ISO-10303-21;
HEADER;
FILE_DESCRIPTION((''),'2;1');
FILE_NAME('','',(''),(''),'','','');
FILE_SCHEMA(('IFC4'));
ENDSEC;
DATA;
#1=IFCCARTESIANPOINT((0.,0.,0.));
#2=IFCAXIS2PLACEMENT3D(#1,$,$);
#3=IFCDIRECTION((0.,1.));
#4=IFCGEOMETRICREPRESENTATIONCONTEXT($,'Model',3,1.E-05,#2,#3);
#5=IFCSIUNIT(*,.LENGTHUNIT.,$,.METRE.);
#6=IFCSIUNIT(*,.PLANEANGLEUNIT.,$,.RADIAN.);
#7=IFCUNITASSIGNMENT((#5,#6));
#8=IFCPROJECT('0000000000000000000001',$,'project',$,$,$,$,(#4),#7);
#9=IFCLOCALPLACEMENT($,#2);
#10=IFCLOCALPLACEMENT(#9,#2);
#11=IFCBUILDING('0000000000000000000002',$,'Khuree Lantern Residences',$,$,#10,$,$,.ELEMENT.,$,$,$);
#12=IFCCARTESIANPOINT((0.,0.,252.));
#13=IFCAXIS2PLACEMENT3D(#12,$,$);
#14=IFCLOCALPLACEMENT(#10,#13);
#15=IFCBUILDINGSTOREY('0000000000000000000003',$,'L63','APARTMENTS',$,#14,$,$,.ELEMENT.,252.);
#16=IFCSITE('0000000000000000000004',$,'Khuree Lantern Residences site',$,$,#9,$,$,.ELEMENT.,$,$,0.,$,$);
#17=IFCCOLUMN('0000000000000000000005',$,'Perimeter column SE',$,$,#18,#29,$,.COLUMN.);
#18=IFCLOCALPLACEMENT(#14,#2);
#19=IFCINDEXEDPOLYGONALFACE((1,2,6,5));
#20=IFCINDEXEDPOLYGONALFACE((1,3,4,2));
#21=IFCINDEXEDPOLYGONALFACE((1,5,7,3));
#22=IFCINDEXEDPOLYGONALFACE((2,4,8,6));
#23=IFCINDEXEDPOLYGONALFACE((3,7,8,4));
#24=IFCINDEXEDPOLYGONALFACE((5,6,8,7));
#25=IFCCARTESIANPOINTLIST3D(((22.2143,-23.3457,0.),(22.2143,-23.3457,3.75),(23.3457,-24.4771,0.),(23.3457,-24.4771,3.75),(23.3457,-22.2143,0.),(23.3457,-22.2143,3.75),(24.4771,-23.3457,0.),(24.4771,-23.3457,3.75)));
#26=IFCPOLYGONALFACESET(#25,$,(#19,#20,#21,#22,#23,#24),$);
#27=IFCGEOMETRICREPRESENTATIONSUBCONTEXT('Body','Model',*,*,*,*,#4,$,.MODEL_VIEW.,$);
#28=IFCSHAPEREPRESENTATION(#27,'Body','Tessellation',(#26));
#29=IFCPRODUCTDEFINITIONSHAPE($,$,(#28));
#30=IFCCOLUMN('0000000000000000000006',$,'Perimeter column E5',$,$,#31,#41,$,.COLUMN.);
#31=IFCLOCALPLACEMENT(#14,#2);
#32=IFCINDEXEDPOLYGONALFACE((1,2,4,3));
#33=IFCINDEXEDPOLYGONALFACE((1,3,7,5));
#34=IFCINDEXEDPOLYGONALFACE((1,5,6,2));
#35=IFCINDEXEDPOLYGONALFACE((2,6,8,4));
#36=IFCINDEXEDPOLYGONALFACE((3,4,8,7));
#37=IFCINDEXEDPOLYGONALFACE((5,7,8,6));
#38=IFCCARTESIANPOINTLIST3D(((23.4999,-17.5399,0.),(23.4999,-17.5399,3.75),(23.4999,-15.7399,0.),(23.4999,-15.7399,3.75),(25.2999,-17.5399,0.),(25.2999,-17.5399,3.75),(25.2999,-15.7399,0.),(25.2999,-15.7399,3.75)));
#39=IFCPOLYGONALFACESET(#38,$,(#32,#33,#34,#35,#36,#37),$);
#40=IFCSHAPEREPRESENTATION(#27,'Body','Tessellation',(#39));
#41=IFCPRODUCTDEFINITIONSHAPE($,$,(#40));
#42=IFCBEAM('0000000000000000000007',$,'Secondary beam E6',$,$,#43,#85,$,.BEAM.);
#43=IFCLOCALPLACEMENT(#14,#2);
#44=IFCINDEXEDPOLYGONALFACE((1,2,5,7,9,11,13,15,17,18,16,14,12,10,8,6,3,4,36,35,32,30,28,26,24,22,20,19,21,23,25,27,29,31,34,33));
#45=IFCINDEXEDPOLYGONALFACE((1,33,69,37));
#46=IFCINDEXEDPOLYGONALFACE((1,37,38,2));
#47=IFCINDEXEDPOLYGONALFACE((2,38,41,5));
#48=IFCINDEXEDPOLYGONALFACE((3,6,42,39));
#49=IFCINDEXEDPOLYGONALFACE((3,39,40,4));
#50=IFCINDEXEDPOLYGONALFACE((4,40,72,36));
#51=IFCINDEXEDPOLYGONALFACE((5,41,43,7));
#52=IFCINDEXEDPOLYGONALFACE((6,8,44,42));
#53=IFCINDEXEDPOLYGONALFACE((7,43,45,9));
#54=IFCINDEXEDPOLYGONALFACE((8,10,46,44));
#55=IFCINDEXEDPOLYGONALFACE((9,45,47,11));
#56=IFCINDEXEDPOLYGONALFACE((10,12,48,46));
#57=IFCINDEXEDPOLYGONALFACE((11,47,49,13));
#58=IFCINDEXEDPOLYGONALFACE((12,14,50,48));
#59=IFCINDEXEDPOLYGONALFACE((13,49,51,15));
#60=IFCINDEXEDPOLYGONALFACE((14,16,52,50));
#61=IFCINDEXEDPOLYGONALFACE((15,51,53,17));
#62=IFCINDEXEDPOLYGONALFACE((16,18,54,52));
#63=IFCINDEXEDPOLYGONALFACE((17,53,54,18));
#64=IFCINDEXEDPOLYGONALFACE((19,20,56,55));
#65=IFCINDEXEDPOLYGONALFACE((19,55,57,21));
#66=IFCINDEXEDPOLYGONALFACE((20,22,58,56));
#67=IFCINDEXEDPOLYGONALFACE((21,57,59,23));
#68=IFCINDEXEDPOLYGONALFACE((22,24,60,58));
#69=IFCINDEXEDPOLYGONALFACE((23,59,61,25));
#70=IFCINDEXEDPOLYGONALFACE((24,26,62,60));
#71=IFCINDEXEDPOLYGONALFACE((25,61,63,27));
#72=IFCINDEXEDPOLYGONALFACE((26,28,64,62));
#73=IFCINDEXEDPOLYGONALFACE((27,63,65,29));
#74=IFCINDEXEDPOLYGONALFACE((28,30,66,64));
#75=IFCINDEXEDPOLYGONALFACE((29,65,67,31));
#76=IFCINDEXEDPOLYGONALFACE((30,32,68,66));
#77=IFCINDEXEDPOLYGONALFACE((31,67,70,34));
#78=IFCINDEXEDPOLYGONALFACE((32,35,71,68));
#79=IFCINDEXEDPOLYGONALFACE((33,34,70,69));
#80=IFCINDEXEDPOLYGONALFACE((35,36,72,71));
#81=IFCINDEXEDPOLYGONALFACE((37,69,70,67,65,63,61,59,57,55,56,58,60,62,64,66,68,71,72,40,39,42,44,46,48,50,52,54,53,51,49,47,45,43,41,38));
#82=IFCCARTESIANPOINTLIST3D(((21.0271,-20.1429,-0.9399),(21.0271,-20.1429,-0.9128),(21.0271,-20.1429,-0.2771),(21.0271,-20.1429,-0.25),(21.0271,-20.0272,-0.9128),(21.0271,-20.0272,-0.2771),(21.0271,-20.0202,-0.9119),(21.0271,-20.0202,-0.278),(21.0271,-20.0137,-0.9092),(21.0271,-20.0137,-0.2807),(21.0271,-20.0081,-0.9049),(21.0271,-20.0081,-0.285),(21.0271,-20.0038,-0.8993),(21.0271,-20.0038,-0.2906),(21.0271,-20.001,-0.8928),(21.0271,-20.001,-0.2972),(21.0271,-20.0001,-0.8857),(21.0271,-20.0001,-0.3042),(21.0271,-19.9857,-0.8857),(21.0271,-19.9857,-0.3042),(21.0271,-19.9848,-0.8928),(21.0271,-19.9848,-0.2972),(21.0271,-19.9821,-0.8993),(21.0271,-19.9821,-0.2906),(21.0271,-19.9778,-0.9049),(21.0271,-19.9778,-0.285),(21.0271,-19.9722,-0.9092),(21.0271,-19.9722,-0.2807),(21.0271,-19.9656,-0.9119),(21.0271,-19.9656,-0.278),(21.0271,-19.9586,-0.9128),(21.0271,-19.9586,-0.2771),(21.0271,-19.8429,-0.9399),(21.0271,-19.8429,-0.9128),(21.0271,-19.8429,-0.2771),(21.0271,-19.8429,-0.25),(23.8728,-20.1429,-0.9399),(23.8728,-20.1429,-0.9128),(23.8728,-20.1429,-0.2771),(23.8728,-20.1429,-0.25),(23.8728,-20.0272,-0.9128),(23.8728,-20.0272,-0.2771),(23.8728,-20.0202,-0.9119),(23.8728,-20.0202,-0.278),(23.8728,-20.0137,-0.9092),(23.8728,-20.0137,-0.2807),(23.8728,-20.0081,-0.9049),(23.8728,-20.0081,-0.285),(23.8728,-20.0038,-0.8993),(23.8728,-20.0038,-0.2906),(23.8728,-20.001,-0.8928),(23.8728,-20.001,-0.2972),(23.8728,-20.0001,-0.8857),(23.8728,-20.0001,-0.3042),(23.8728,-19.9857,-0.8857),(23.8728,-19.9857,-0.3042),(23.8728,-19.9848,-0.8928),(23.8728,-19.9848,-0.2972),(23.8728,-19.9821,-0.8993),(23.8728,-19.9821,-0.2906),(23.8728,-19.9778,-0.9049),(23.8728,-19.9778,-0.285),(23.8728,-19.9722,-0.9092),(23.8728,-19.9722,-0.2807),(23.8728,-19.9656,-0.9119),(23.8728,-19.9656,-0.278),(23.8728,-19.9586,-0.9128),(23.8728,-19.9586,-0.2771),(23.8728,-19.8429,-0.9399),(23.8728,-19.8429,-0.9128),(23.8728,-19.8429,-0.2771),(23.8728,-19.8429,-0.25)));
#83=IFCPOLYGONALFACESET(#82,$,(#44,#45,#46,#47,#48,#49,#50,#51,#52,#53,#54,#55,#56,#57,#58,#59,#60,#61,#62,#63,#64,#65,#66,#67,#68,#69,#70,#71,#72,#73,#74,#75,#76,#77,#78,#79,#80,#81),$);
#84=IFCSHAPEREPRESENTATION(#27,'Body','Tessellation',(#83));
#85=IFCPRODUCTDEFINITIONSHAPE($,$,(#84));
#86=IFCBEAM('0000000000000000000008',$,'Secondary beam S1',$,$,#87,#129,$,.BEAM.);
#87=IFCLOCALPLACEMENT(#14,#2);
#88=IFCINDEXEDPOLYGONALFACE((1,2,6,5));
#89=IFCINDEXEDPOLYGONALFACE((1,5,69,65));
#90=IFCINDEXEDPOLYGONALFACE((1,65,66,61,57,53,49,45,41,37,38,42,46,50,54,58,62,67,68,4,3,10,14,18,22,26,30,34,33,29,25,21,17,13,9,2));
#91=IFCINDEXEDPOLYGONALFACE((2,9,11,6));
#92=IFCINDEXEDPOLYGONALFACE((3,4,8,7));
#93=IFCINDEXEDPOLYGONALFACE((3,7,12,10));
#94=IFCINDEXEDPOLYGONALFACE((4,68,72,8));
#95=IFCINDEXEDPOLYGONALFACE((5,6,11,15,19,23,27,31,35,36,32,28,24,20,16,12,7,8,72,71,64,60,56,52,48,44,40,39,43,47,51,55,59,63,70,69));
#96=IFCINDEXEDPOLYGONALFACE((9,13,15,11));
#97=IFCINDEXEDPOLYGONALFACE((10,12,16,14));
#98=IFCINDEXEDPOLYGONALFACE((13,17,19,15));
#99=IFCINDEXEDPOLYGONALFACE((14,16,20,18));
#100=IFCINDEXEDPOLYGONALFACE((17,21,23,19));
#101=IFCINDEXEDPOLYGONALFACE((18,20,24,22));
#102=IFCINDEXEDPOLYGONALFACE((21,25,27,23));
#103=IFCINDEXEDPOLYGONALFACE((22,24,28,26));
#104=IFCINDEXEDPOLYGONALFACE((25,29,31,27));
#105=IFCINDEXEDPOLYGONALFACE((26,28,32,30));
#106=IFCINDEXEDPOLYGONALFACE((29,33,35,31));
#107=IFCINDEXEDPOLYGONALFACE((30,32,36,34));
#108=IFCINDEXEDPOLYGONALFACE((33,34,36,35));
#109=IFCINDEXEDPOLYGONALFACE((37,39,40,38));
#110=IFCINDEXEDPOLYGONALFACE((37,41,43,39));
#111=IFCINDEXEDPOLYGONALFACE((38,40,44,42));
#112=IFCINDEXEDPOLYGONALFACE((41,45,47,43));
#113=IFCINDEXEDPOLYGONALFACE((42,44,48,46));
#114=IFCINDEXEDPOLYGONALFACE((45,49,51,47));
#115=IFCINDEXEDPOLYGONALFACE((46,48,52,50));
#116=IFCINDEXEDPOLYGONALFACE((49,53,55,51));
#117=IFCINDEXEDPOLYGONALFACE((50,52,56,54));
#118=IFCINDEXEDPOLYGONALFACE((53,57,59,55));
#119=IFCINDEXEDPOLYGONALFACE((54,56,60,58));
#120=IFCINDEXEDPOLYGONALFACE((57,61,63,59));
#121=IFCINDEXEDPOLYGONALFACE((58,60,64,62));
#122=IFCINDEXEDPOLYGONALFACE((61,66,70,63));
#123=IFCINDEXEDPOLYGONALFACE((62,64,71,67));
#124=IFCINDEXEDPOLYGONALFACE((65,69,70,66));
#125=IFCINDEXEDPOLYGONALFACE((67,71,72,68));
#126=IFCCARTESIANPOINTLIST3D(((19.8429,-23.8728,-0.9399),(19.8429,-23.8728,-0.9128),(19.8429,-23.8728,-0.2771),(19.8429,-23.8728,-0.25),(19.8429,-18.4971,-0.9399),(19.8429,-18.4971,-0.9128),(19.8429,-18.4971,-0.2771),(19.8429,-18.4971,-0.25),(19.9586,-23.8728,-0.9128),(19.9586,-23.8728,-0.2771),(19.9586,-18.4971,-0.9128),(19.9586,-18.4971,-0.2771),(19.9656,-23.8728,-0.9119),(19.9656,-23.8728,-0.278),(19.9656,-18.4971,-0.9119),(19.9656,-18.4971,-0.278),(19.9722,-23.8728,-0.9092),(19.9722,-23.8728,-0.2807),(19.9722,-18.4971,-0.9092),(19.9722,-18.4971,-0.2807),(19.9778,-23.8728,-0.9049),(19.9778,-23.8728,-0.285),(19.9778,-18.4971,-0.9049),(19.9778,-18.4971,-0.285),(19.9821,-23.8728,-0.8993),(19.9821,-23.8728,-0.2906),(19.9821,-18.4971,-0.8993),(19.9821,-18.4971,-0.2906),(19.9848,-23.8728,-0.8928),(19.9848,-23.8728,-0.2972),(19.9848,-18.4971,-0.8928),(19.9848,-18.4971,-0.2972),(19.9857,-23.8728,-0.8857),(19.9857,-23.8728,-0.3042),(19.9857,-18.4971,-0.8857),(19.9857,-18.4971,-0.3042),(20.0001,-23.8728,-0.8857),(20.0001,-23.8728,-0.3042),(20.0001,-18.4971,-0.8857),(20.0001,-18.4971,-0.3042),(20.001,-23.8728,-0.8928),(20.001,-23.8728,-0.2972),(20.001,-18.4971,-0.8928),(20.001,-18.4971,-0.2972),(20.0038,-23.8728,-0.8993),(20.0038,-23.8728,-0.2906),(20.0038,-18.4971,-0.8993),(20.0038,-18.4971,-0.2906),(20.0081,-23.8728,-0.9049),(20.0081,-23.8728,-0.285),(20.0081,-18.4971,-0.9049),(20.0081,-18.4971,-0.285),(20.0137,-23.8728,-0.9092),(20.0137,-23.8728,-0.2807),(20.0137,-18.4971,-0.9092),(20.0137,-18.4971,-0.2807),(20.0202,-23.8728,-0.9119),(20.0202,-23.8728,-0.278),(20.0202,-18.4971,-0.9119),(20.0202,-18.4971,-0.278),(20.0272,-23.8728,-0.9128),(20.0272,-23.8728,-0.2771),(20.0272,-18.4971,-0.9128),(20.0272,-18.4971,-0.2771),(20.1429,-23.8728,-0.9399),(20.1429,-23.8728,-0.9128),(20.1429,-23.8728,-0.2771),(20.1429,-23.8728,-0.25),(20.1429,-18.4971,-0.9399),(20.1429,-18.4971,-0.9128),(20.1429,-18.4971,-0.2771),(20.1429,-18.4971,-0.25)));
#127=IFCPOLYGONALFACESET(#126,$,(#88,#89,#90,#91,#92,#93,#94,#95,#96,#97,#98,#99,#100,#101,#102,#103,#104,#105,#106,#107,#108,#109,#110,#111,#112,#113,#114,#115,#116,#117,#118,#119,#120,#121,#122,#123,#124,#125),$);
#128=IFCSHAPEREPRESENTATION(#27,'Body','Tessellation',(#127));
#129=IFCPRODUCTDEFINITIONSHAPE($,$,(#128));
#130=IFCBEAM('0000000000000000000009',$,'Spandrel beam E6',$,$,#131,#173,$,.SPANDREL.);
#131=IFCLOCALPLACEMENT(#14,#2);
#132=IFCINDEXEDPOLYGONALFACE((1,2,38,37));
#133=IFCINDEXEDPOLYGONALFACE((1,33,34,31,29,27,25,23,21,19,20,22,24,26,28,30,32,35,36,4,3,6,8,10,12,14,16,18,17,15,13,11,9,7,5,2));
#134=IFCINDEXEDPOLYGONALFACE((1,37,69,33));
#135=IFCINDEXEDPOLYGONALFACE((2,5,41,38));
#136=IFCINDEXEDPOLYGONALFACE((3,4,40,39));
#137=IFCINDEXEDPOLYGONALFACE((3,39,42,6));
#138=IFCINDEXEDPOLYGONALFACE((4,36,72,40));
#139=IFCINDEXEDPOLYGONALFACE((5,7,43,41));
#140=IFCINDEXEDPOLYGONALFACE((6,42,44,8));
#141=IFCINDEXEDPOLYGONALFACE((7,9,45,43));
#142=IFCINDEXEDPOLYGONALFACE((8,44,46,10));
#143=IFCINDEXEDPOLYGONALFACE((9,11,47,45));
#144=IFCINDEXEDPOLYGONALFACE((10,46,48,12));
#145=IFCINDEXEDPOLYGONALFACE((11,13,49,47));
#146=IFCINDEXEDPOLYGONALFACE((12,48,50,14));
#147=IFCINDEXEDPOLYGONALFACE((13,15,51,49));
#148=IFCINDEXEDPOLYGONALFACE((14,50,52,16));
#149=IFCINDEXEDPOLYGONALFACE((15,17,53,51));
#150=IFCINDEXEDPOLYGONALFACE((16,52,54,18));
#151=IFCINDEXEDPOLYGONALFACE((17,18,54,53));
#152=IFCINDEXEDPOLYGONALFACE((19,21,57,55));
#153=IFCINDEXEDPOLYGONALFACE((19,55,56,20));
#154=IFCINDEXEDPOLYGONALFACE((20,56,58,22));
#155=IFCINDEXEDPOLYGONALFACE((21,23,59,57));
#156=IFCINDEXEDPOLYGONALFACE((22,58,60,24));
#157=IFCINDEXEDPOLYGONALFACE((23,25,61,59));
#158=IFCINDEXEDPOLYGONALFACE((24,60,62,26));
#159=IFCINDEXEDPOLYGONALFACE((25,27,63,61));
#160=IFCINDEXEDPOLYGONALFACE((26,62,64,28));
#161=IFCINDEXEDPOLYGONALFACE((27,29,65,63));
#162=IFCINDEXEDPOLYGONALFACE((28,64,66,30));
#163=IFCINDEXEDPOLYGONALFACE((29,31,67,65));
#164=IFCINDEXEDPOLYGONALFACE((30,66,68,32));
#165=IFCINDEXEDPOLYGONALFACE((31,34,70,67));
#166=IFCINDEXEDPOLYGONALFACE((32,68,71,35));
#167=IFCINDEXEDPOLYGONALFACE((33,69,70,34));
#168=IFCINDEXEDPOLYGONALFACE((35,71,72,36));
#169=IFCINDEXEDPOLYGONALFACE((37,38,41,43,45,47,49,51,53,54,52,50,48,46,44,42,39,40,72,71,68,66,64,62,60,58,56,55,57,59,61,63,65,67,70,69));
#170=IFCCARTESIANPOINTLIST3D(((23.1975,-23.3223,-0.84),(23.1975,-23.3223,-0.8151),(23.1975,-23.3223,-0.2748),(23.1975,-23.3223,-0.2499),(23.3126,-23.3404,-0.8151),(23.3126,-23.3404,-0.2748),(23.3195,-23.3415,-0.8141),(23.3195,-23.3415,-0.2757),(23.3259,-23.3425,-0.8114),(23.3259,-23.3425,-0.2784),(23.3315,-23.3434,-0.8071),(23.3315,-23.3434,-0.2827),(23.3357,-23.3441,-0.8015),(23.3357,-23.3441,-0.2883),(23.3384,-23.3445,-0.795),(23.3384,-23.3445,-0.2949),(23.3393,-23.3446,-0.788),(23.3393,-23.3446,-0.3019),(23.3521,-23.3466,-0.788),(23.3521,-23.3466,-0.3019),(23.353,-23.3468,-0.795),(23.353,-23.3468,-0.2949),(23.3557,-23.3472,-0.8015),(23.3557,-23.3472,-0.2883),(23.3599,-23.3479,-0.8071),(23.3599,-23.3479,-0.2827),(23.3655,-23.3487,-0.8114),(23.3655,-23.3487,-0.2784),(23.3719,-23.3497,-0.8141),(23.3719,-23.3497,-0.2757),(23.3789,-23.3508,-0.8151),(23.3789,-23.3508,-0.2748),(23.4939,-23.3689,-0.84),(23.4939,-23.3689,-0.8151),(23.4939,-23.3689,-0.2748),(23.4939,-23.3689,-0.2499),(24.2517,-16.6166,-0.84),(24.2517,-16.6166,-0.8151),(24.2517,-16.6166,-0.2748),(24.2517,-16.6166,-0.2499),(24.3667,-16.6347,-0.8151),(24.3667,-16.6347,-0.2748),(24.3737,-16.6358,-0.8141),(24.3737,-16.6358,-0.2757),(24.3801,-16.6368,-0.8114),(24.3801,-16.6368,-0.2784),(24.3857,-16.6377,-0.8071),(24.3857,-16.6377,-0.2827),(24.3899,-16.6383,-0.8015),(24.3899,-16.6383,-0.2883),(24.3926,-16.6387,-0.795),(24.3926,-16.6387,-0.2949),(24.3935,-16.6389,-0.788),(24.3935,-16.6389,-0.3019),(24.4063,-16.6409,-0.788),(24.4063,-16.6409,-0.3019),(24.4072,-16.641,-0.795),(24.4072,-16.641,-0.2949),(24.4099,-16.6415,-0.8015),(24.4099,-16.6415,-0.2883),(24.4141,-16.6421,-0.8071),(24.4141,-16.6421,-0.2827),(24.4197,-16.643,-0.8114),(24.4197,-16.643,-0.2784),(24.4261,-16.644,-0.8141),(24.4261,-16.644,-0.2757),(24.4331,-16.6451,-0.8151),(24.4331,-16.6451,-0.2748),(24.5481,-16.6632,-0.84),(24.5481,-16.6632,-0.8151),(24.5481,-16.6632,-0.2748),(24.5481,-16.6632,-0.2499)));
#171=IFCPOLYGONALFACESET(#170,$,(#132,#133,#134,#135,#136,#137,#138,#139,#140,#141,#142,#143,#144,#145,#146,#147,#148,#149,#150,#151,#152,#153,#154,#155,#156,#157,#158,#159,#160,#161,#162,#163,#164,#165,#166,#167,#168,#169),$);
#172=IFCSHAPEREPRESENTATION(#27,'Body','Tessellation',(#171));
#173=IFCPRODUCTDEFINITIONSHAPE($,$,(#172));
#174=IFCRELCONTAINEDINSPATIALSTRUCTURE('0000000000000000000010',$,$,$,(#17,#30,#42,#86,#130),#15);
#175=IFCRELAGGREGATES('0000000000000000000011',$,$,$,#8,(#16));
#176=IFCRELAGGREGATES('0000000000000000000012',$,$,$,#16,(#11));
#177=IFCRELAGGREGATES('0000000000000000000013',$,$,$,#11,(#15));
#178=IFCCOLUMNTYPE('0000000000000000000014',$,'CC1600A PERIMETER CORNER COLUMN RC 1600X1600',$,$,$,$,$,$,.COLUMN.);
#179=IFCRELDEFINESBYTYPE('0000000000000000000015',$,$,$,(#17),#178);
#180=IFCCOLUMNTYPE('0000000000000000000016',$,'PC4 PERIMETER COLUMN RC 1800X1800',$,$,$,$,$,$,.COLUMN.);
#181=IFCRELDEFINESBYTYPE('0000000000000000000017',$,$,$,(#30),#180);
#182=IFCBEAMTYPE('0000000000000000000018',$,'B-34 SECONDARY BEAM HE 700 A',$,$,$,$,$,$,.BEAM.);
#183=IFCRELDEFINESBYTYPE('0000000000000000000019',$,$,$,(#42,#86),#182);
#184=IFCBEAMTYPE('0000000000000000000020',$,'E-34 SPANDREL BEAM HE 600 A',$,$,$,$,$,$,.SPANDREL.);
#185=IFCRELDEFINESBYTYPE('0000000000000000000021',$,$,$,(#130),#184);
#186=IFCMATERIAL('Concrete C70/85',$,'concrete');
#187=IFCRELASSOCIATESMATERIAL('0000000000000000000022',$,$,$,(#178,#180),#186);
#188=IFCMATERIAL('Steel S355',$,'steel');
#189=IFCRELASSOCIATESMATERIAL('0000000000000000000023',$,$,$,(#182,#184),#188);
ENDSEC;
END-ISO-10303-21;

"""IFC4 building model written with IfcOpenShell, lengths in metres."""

from ifc_helpers import new_model, si_unit, direction, frame, origin, origin_2d, place, context, subcontext, project, spatial, rectangle, i_section, extrude, material, material_profile, profile_set, type_object, element, save


model = new_model("IFC4")

# Units and contexts
model_context = context("Model", 3, precision=1e-05, world=origin(), true_north=direction((0.0, 1.0)))
body_context = subcontext(model_context, "Body", "Model", "MODEL_VIEW")
ifc_project = project(units=[si_unit("LENGTHUNIT", "METRE"), si_unit("PLANEANGLEUNIT", "RADIAN")], contexts=[model_context])

# Site, building, storey
site_placement = place(None, origin())
site = spatial("IfcSite", under=ifc_project, at=site_placement, Name="Khuree Lantern Residences site", CompositionType="ELEMENT", RefElevation=0.0)
building_placement = place(site_placement, origin())
building = spatial("IfcBuilding", under=site, at=building_placement, Name="Khuree Lantern Residences", CompositionType="ELEMENT")
storey_placement = place(building_placement, frame((0.0, 0.0, 252.0)))
storey = spatial("IfcBuildingStorey", under=building, at=storey_placement, Name="L63", Description="APARTMENTS", CompositionType="ELEMENT", Elevation=252.0)

# Columns
ifc_material_1 = material(Name="Concrete C70/85", Category="concrete")
ifc_material_profile_1 = material_profile(ifc_material_1, rectangle(XDim=1.6001, YDim=1.6001, at=origin_2d()), Name="RC 1600X1600")
ifc_profile_set_1 = profile_set([ifc_material_profile_1], Name="Concrete C70/85")
column_type_1 = type_object("IfcColumnType", Name="CC1600A PERIMETER CORNER COLUMN RC 1600X1600", PredefinedType="COLUMN", material=ifc_profile_set_1)
column_1_placement = place(storey_placement, frame((23.3457, -23.3457, 0.0), z_axis=(0.0, 0.0, 1.0), x_axis=(0.707107, 0.707107, 0.0)))
element("IfcColumn", 1, at=column_1_placement, inside=storey, type_object=column_type_1, Name="Perimeter column SE", PredefinedType="COLUMN", context=body_context, shape_type="SweptSolid", body=[
    extrude(rectangle(XDim=1.6001, YDim=1.6001, at=origin_2d()), origin(), (0.0, 0.0, 1.0), 3.75),
])
ifc_material_profile_2 = material_profile(ifc_material_1, rectangle(XDim=1.8, YDim=1.8, at=origin_2d()), Name="RC 1800X1800")
ifc_profile_set_2 = profile_set([ifc_material_profile_2], Name="Concrete C70/85")
column_type_2 = type_object("IfcColumnType", Name="PC4 PERIMETER COLUMN RC 1800X1800", PredefinedType="COLUMN", material=ifc_profile_set_2)
column_2_placement = place(storey_placement, frame((24.3999, -16.6399, 0.0), z_axis=(0.0, 0.0, 1.0), x_axis=(0.0, 1.0, 0.0)))
element("IfcColumn", 2, at=column_2_placement, inside=storey, type_object=column_type_2, Name="Perimeter column E5", PredefinedType="COLUMN", context=body_context, shape_type="SweptSolid", body=[
    extrude(rectangle(XDim=1.8, YDim=1.8, at=origin_2d()), origin(), (0.0, 0.0, 1.0), 3.75),
])

# Beams
ifc_material_2 = material(Name="Steel S355", Category="steel")
ifc_material_profile_3 = material_profile(ifc_material_2, i_section(OverallWidth=0.3, OverallDepth=0.6899, WebThickness=0.0144, FlangeThickness=0.0271, FilletRadius=0.0271, at=origin_2d()), Name="HE 700 A")
ifc_profile_set_3 = profile_set([ifc_material_profile_3], Name="Steel S355")
beam_type_1 = type_object("IfcBeamType", Name="B-34 SECONDARY BEAM HE 700 A", PredefinedType="BEAM", material=ifc_profile_set_3)
beam_1_placement = place(storey_placement, frame((23.8728, -19.9929, -0.595), z_axis=(-1.0, 0.0, 0.0), x_axis=(0.0, -1.0, 0.0)))
element("IfcBeam", 3, at=beam_1_placement, inside=storey, type_object=beam_type_1, Name="Secondary beam E6", PredefinedType="BEAM", context=body_context, shape_type="SweptSolid", body=[
    extrude(i_section(OverallWidth=0.3, OverallDepth=0.6899, WebThickness=0.0144, FlangeThickness=0.0271, FilletRadius=0.0271, at=origin_2d()), origin(), (0.0, 0.0, 1.0), 2.8457),
])
beam_2_placement = place(storey_placement, frame((19.9929, -23.8728, -0.595), z_axis=(0.0, 1.0, 0.0), x_axis=(-1.0, 0.0, 0.0)))
element("IfcBeam", 4, at=beam_2_placement, inside=storey, type_object=beam_type_1, Name="Secondary beam S1", PredefinedType="BEAM", context=body_context, shape_type="SweptSolid", body=[
    extrude(i_section(OverallWidth=0.3, OverallDepth=0.6899, WebThickness=0.0144, FlangeThickness=0.0271, FilletRadius=0.0271, at=origin_2d()), origin(), (0.0, 0.0, 1.0), 5.3757),
])
ifc_material_profile_4 = material_profile(ifc_material_2, i_section(OverallWidth=0.3, OverallDepth=0.5901, WebThickness=0.0129, FlangeThickness=0.0249, FilletRadius=0.0271, at=origin_2d()), Name="HE 600 A")
ifc_profile_set_4 = profile_set([ifc_material_profile_4], Name="Steel S355")
beam_type_2 = type_object("IfcBeamType", Name="E-34 SPANDREL BEAM HE 600 A", PredefinedType="SPANDREL", material=ifc_profile_set_4)
for number, where, z_axis, x_axis, name in (
    (5, (24.3999, -16.6399, -0.5449), (-0.1553, -0.987867, 0.0), (0.987867, -0.1553, 0.0), "Spandrel beam E6"),
):
    element("IfcBeam", number, at=place(storey_placement, frame(where, z_axis=z_axis, x_axis=x_axis)), inside=storey, type_object=beam_type_2, Name=name, PredefinedType="SPANDREL", context=body_context, shape_type="SweptSolid", body=[
        extrude(i_section(OverallWidth=0.3, OverallDepth=0.5901, WebThickness=0.0129, FlangeThickness=0.0249, FilletRadius=0.0271, at=origin_2d()), origin(), (0.0, 0.0, 1.0), 6.7881),
    ])

save(model, "model.ifc")
